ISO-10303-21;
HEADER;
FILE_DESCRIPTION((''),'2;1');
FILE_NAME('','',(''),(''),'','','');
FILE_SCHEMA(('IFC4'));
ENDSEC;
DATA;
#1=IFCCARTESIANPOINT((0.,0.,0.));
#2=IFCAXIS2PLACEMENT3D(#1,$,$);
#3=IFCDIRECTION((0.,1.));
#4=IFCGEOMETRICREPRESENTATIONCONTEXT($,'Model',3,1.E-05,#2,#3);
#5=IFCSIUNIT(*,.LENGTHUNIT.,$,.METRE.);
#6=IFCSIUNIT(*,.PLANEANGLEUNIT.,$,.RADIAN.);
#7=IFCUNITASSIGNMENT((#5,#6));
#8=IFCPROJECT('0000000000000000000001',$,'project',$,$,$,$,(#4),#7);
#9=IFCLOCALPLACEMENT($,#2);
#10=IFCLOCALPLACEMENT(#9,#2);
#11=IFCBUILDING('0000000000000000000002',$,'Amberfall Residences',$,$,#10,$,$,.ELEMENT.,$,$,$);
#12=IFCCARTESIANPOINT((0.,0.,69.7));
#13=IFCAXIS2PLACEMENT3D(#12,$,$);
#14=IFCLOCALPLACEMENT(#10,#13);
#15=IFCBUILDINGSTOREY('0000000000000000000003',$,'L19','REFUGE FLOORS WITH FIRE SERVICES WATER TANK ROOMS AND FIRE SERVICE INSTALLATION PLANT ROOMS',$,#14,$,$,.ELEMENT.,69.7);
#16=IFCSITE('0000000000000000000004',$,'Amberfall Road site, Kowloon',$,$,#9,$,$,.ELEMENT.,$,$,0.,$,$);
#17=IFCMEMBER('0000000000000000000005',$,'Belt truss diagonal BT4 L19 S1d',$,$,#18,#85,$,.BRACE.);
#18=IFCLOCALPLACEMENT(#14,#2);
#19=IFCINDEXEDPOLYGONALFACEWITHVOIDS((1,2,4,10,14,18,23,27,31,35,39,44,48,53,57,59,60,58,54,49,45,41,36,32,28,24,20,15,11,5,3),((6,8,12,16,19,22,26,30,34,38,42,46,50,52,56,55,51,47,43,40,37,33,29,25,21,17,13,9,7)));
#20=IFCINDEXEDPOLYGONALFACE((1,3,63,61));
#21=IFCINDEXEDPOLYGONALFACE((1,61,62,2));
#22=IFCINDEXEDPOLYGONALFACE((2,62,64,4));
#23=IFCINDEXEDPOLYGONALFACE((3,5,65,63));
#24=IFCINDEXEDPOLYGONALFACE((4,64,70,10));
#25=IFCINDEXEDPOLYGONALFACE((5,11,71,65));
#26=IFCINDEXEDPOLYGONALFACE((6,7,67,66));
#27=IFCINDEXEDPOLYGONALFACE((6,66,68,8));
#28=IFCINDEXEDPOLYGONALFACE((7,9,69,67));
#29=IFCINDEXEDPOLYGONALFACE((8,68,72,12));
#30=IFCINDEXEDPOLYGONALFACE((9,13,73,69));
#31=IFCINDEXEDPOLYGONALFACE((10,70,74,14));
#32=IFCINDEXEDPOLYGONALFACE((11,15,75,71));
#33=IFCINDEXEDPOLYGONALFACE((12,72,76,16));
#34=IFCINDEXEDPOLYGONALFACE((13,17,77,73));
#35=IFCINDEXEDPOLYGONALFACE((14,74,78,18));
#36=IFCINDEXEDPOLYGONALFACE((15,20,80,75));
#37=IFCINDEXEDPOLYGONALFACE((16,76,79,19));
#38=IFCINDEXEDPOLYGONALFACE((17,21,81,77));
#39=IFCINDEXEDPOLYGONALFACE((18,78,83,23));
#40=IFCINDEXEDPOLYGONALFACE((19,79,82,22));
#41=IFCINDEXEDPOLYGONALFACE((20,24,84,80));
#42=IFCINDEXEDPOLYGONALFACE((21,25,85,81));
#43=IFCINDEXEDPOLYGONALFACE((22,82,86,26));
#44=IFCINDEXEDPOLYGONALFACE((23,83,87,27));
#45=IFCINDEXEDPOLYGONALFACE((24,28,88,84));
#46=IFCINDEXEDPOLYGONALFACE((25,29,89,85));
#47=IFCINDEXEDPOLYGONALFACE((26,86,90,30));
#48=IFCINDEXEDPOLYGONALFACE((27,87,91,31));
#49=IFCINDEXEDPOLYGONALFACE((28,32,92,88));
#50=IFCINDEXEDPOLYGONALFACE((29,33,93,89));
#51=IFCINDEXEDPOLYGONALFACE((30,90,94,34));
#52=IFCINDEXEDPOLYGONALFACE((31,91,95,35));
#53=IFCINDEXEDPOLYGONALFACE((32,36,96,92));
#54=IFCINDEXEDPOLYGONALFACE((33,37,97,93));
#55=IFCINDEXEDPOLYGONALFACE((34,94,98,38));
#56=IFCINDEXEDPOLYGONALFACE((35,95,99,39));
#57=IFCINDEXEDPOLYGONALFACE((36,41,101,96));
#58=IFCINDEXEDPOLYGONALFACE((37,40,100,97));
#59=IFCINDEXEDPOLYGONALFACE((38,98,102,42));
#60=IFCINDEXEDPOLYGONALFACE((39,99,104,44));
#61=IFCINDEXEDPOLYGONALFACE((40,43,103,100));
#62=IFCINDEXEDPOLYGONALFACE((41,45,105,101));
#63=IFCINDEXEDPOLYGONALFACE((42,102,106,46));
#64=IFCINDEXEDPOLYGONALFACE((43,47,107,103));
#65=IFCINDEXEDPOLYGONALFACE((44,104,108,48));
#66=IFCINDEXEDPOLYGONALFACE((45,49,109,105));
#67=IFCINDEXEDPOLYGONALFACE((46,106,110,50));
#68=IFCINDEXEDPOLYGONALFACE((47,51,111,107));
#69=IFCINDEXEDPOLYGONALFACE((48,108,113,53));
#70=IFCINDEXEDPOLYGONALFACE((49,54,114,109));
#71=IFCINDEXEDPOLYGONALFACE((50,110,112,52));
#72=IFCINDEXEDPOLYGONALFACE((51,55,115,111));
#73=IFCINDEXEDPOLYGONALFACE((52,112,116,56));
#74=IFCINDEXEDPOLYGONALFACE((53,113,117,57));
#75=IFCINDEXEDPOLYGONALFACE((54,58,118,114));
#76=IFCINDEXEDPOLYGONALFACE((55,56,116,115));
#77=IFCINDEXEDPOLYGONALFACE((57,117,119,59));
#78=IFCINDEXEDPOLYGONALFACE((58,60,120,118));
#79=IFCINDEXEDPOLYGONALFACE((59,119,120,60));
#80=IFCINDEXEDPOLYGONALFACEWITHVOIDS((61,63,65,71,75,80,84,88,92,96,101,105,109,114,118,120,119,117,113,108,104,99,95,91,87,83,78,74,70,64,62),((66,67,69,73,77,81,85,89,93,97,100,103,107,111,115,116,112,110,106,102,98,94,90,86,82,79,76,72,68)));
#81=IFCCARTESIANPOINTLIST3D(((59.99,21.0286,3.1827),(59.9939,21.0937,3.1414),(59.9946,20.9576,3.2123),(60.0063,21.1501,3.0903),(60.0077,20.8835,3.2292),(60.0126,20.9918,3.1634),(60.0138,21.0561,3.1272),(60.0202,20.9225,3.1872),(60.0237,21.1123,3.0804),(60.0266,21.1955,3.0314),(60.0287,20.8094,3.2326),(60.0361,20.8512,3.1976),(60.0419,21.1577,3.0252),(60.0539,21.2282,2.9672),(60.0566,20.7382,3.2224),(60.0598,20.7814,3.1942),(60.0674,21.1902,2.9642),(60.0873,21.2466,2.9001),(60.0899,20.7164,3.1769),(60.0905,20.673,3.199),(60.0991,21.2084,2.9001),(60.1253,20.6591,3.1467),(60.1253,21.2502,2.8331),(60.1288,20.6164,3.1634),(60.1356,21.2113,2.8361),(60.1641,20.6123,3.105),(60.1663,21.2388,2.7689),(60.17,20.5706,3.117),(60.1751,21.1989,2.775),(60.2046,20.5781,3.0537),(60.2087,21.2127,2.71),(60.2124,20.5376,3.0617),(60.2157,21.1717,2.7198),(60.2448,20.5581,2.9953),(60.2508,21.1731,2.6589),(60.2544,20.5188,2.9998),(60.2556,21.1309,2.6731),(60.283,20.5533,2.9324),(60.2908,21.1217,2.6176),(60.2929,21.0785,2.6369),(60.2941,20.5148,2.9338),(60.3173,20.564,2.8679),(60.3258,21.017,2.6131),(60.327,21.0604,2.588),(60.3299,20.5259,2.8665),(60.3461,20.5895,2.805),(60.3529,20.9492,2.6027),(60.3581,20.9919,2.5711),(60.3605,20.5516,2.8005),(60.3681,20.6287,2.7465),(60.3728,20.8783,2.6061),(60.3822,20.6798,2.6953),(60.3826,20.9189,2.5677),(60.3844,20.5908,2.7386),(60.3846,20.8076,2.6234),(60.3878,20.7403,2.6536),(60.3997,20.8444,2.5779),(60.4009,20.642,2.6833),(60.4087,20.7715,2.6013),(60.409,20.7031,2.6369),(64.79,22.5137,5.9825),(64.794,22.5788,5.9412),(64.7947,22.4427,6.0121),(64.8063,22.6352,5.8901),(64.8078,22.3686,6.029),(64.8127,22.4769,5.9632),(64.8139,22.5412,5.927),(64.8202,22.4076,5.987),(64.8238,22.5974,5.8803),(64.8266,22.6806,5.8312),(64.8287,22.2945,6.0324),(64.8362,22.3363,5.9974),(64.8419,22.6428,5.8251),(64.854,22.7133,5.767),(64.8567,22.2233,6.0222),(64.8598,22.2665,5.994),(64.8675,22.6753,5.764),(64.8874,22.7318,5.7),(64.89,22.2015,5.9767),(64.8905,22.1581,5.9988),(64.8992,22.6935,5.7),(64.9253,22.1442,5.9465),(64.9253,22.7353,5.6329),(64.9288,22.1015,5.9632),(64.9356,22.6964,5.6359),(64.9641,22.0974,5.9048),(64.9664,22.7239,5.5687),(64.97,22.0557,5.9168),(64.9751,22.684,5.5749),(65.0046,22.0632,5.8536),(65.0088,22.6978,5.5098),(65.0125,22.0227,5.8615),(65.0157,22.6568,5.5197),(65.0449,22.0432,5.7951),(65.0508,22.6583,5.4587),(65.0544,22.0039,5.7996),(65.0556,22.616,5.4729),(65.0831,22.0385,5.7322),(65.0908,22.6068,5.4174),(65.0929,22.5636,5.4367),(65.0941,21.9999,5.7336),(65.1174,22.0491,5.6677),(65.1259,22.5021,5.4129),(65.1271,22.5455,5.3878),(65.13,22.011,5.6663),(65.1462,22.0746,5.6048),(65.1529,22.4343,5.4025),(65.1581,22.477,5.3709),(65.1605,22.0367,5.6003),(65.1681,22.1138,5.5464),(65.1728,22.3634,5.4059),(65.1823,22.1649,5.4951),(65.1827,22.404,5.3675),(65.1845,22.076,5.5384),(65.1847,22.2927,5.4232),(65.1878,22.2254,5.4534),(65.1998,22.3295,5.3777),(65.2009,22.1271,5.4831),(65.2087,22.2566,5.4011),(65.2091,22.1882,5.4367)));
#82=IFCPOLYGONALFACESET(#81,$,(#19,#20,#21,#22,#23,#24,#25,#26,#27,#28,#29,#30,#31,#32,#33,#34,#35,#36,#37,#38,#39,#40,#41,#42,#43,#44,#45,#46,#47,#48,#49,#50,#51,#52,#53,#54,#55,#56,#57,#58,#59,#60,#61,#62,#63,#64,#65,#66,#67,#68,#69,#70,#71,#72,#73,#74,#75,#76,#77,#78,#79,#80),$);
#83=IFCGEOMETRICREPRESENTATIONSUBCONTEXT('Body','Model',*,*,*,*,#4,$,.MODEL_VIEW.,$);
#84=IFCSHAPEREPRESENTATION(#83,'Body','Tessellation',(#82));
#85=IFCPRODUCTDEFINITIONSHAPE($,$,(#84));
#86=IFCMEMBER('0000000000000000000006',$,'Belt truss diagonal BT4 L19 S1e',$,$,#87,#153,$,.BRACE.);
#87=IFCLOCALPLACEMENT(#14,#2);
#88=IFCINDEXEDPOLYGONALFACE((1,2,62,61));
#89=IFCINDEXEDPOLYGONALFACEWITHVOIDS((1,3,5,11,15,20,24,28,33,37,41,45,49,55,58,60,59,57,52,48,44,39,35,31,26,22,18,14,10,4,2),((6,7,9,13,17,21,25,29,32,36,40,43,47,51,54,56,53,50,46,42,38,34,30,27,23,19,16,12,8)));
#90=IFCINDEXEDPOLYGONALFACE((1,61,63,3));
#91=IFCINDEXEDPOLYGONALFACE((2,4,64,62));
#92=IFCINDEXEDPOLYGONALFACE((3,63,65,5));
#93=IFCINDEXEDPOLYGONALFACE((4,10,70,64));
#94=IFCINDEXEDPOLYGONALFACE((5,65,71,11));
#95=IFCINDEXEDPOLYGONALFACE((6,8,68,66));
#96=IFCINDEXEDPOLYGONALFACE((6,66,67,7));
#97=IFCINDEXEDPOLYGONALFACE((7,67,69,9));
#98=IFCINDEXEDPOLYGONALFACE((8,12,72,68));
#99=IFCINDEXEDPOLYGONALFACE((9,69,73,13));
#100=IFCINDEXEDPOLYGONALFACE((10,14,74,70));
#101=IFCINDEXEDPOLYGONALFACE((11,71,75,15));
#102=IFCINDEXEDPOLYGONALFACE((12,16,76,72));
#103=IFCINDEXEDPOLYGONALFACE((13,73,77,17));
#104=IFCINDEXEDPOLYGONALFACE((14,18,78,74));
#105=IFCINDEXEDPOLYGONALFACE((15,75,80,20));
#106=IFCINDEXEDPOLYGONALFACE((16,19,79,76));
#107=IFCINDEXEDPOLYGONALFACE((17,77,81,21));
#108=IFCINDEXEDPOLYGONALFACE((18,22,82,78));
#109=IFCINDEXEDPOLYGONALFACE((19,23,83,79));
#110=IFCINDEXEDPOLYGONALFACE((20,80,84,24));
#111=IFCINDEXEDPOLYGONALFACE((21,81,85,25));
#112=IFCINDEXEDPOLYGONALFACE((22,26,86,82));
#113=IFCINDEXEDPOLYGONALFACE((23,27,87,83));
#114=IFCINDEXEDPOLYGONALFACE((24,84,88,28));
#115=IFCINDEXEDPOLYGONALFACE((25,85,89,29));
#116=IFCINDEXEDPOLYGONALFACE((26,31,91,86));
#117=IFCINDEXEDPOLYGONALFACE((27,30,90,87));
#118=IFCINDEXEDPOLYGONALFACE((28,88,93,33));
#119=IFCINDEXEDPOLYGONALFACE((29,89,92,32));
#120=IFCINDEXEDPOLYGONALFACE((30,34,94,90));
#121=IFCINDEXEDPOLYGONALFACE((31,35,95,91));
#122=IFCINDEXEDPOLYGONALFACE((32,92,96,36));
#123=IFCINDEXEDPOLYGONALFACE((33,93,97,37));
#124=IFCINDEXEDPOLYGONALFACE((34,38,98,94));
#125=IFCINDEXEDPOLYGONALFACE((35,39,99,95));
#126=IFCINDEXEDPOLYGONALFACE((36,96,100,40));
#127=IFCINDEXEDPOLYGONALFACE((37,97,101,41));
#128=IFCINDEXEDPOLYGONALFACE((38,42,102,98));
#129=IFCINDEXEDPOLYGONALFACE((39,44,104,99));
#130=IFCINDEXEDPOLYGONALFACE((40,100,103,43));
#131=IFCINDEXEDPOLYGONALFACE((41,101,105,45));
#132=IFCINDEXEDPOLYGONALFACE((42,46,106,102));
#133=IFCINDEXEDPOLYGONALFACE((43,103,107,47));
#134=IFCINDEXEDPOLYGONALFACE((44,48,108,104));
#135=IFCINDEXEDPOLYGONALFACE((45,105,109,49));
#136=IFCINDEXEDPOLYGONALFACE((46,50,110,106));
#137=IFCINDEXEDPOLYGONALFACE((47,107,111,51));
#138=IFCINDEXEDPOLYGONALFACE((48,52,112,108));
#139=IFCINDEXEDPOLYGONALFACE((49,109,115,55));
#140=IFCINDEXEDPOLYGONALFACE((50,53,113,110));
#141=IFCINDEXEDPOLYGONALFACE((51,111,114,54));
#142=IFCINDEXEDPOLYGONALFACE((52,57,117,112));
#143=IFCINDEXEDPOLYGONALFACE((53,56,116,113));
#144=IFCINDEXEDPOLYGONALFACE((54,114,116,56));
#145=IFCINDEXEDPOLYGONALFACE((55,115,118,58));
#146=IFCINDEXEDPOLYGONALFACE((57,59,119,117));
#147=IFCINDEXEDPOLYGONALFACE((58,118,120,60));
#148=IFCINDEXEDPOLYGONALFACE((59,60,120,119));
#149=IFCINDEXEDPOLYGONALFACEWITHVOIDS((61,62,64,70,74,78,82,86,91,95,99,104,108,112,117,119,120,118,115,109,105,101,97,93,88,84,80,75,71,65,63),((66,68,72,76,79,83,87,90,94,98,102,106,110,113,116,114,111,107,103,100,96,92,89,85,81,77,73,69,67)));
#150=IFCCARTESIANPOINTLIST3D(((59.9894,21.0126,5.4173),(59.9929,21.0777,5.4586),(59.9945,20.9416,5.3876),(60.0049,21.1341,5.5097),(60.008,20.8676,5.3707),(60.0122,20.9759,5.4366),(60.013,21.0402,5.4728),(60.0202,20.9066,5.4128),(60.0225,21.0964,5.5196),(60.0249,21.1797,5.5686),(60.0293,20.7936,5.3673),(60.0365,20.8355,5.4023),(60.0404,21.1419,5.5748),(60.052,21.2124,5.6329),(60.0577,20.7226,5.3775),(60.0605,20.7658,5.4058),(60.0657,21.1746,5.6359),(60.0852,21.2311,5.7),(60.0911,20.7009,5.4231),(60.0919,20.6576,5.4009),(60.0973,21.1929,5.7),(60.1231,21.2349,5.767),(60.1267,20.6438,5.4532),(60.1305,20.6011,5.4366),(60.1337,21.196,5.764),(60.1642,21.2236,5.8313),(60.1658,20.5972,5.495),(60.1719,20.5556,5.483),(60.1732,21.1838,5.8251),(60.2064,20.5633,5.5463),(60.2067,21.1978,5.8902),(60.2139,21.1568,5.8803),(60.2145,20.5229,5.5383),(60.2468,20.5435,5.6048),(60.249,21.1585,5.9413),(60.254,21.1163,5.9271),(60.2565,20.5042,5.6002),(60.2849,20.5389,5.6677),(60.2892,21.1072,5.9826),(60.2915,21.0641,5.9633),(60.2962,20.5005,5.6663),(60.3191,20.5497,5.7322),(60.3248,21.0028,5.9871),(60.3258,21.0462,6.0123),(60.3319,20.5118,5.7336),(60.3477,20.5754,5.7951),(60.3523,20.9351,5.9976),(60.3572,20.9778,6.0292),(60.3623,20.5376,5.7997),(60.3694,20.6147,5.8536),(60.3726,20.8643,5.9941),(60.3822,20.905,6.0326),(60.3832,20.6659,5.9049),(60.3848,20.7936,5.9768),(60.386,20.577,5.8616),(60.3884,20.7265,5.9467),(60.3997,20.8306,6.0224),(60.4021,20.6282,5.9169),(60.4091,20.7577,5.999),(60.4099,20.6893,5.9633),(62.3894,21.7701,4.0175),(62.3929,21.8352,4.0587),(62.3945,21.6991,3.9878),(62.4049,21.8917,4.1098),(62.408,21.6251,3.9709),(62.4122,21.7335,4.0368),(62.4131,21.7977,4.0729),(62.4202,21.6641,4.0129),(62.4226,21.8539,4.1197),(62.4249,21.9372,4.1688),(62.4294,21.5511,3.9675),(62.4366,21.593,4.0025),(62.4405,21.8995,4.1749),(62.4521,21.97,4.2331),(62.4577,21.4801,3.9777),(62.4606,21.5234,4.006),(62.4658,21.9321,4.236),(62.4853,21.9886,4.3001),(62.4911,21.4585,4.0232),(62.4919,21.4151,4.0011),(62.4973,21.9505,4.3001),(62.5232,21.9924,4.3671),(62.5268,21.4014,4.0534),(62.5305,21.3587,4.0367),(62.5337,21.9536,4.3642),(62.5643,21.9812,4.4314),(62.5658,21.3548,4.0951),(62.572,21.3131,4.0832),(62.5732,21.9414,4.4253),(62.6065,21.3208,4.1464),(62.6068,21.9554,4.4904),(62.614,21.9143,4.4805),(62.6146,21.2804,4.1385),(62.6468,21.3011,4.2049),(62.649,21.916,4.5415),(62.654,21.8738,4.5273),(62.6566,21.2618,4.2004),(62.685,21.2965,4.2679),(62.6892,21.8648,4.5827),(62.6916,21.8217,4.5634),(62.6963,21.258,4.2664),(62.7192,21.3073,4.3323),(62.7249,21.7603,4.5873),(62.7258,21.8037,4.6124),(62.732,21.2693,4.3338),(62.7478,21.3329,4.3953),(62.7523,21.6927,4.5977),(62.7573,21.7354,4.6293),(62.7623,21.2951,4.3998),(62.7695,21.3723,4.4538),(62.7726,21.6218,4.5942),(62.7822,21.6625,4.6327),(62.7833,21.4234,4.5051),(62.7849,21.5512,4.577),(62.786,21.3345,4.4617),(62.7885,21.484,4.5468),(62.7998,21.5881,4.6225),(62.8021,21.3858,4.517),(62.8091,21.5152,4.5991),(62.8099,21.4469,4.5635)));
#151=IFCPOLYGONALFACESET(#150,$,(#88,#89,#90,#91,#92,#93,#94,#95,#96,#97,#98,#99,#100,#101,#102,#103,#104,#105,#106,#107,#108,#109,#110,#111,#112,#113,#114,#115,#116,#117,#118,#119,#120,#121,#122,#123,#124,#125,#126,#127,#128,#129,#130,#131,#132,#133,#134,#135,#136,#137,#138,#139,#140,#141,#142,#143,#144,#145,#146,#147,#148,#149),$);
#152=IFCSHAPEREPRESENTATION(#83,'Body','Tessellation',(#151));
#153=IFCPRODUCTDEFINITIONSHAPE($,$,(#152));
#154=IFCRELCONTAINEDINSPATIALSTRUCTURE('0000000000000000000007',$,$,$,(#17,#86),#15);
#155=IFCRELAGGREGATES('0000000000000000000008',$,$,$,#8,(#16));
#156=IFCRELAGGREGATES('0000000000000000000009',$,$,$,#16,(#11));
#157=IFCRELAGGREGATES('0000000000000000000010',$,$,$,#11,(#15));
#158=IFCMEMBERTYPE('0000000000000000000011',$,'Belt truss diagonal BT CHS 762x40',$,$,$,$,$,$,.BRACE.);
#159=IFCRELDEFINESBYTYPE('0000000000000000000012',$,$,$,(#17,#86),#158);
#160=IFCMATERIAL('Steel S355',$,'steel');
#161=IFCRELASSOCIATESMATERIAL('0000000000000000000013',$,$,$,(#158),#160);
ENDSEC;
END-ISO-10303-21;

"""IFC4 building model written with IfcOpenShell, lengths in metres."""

from ifc_helpers import new_model, si_unit, direction, frame, origin, origin_2d, place, context, subcontext, project, spatial, hollow_circle, extrude, material, material_profile, profile_set, type_object, element, save


model = new_model("IFC4")

# Units and contexts
model_context = context("Model", 3, precision=1e-05, world=origin(), true_north=direction((0.0, 1.0)))
body_context = subcontext(model_context, "Body", "Model", "MODEL_VIEW")
ifc_project = project(units=[si_unit("LENGTHUNIT", "METRE"), si_unit("PLANEANGLEUNIT", "RADIAN")], contexts=[model_context])

# Site, building, storey
site_placement = place(None, origin())
site = spatial("IfcSite", under=ifc_project, at=site_placement, Name="Amberfall Road site, Kowloon", CompositionType="ELEMENT", RefElevation=0.0)
building_placement = place(site_placement, origin())
building = spatial("IfcBuilding", under=site, at=building_placement, Name="Amberfall Residences", CompositionType="ELEMENT")
storey_placement = place(building_placement, frame((0.0, 0.0, 69.7)))
storey = spatial("IfcBuildingStorey", under=building, at=storey_placement, Name="L19", Description="REFUGE FLOORS WITH FIRE SERVICES WATER TANK ROOMS AND FIRE SERVICE INSTALLATION PLANT ROOMS", CompositionType="ELEMENT", Elevation=69.7)

# Shared definitions
ifc_material_1 = material(Name="Steel S355", Category="steel")

# Members
ifc_material_profile_1 = material_profile(ifc_material_1, hollow_circle(Radius=0.3811, WallThickness=0.04, at=origin_2d()), Name="CHS 762x40")
ifc_profile_set_1 = profile_set([ifc_material_profile_1], Name="Steel S355")
member_type_1 = type_object("IfcMemberType", Name="Belt truss diagonal BT CHS 762x40", PredefinedType="BRACE", material=ifc_profile_set_1)
member_1_placement = place(storey_placement, frame((60.2, 20.8826, 2.9001), z_axis=(0.834508, 0.258192, 0.486758), x_axis=(-0.295571, 0.955321, 0.0)))
element("IfcMember", 1, at=member_1_placement, inside=storey, type_object=member_type_1, Name="Belt truss diagonal BT4 L19 S1d", PredefinedType="BRACE", context=body_context, shape_type="SweptSolid", body=[
    extrude(hollow_circle(Radius=0.3811, WallThickness=0.04, at=origin_2d()), origin(), (0.0, 0.0, 1.0), 5.752),
])
member_2_placement = place(storey_placement, frame((60.2, 20.8677, 5.7), z_axis=(0.833387, 0.263046, -0.486079), x_axis=(-0.300997, 0.953625, 0.0)))
element("IfcMember", 2, at=member_2_placement, inside=storey, type_object=member_type_1, Name="Belt truss diagonal BT4 L19 S1e", PredefinedType="BRACE", context=body_context, shape_type="SweptSolid", body=[
    extrude(hollow_circle(Radius=0.3811, WallThickness=0.04, at=origin_2d()), origin(), (0.0, 0.0, 1.0), 2.8799),
])

save(model, "model.ifc")
